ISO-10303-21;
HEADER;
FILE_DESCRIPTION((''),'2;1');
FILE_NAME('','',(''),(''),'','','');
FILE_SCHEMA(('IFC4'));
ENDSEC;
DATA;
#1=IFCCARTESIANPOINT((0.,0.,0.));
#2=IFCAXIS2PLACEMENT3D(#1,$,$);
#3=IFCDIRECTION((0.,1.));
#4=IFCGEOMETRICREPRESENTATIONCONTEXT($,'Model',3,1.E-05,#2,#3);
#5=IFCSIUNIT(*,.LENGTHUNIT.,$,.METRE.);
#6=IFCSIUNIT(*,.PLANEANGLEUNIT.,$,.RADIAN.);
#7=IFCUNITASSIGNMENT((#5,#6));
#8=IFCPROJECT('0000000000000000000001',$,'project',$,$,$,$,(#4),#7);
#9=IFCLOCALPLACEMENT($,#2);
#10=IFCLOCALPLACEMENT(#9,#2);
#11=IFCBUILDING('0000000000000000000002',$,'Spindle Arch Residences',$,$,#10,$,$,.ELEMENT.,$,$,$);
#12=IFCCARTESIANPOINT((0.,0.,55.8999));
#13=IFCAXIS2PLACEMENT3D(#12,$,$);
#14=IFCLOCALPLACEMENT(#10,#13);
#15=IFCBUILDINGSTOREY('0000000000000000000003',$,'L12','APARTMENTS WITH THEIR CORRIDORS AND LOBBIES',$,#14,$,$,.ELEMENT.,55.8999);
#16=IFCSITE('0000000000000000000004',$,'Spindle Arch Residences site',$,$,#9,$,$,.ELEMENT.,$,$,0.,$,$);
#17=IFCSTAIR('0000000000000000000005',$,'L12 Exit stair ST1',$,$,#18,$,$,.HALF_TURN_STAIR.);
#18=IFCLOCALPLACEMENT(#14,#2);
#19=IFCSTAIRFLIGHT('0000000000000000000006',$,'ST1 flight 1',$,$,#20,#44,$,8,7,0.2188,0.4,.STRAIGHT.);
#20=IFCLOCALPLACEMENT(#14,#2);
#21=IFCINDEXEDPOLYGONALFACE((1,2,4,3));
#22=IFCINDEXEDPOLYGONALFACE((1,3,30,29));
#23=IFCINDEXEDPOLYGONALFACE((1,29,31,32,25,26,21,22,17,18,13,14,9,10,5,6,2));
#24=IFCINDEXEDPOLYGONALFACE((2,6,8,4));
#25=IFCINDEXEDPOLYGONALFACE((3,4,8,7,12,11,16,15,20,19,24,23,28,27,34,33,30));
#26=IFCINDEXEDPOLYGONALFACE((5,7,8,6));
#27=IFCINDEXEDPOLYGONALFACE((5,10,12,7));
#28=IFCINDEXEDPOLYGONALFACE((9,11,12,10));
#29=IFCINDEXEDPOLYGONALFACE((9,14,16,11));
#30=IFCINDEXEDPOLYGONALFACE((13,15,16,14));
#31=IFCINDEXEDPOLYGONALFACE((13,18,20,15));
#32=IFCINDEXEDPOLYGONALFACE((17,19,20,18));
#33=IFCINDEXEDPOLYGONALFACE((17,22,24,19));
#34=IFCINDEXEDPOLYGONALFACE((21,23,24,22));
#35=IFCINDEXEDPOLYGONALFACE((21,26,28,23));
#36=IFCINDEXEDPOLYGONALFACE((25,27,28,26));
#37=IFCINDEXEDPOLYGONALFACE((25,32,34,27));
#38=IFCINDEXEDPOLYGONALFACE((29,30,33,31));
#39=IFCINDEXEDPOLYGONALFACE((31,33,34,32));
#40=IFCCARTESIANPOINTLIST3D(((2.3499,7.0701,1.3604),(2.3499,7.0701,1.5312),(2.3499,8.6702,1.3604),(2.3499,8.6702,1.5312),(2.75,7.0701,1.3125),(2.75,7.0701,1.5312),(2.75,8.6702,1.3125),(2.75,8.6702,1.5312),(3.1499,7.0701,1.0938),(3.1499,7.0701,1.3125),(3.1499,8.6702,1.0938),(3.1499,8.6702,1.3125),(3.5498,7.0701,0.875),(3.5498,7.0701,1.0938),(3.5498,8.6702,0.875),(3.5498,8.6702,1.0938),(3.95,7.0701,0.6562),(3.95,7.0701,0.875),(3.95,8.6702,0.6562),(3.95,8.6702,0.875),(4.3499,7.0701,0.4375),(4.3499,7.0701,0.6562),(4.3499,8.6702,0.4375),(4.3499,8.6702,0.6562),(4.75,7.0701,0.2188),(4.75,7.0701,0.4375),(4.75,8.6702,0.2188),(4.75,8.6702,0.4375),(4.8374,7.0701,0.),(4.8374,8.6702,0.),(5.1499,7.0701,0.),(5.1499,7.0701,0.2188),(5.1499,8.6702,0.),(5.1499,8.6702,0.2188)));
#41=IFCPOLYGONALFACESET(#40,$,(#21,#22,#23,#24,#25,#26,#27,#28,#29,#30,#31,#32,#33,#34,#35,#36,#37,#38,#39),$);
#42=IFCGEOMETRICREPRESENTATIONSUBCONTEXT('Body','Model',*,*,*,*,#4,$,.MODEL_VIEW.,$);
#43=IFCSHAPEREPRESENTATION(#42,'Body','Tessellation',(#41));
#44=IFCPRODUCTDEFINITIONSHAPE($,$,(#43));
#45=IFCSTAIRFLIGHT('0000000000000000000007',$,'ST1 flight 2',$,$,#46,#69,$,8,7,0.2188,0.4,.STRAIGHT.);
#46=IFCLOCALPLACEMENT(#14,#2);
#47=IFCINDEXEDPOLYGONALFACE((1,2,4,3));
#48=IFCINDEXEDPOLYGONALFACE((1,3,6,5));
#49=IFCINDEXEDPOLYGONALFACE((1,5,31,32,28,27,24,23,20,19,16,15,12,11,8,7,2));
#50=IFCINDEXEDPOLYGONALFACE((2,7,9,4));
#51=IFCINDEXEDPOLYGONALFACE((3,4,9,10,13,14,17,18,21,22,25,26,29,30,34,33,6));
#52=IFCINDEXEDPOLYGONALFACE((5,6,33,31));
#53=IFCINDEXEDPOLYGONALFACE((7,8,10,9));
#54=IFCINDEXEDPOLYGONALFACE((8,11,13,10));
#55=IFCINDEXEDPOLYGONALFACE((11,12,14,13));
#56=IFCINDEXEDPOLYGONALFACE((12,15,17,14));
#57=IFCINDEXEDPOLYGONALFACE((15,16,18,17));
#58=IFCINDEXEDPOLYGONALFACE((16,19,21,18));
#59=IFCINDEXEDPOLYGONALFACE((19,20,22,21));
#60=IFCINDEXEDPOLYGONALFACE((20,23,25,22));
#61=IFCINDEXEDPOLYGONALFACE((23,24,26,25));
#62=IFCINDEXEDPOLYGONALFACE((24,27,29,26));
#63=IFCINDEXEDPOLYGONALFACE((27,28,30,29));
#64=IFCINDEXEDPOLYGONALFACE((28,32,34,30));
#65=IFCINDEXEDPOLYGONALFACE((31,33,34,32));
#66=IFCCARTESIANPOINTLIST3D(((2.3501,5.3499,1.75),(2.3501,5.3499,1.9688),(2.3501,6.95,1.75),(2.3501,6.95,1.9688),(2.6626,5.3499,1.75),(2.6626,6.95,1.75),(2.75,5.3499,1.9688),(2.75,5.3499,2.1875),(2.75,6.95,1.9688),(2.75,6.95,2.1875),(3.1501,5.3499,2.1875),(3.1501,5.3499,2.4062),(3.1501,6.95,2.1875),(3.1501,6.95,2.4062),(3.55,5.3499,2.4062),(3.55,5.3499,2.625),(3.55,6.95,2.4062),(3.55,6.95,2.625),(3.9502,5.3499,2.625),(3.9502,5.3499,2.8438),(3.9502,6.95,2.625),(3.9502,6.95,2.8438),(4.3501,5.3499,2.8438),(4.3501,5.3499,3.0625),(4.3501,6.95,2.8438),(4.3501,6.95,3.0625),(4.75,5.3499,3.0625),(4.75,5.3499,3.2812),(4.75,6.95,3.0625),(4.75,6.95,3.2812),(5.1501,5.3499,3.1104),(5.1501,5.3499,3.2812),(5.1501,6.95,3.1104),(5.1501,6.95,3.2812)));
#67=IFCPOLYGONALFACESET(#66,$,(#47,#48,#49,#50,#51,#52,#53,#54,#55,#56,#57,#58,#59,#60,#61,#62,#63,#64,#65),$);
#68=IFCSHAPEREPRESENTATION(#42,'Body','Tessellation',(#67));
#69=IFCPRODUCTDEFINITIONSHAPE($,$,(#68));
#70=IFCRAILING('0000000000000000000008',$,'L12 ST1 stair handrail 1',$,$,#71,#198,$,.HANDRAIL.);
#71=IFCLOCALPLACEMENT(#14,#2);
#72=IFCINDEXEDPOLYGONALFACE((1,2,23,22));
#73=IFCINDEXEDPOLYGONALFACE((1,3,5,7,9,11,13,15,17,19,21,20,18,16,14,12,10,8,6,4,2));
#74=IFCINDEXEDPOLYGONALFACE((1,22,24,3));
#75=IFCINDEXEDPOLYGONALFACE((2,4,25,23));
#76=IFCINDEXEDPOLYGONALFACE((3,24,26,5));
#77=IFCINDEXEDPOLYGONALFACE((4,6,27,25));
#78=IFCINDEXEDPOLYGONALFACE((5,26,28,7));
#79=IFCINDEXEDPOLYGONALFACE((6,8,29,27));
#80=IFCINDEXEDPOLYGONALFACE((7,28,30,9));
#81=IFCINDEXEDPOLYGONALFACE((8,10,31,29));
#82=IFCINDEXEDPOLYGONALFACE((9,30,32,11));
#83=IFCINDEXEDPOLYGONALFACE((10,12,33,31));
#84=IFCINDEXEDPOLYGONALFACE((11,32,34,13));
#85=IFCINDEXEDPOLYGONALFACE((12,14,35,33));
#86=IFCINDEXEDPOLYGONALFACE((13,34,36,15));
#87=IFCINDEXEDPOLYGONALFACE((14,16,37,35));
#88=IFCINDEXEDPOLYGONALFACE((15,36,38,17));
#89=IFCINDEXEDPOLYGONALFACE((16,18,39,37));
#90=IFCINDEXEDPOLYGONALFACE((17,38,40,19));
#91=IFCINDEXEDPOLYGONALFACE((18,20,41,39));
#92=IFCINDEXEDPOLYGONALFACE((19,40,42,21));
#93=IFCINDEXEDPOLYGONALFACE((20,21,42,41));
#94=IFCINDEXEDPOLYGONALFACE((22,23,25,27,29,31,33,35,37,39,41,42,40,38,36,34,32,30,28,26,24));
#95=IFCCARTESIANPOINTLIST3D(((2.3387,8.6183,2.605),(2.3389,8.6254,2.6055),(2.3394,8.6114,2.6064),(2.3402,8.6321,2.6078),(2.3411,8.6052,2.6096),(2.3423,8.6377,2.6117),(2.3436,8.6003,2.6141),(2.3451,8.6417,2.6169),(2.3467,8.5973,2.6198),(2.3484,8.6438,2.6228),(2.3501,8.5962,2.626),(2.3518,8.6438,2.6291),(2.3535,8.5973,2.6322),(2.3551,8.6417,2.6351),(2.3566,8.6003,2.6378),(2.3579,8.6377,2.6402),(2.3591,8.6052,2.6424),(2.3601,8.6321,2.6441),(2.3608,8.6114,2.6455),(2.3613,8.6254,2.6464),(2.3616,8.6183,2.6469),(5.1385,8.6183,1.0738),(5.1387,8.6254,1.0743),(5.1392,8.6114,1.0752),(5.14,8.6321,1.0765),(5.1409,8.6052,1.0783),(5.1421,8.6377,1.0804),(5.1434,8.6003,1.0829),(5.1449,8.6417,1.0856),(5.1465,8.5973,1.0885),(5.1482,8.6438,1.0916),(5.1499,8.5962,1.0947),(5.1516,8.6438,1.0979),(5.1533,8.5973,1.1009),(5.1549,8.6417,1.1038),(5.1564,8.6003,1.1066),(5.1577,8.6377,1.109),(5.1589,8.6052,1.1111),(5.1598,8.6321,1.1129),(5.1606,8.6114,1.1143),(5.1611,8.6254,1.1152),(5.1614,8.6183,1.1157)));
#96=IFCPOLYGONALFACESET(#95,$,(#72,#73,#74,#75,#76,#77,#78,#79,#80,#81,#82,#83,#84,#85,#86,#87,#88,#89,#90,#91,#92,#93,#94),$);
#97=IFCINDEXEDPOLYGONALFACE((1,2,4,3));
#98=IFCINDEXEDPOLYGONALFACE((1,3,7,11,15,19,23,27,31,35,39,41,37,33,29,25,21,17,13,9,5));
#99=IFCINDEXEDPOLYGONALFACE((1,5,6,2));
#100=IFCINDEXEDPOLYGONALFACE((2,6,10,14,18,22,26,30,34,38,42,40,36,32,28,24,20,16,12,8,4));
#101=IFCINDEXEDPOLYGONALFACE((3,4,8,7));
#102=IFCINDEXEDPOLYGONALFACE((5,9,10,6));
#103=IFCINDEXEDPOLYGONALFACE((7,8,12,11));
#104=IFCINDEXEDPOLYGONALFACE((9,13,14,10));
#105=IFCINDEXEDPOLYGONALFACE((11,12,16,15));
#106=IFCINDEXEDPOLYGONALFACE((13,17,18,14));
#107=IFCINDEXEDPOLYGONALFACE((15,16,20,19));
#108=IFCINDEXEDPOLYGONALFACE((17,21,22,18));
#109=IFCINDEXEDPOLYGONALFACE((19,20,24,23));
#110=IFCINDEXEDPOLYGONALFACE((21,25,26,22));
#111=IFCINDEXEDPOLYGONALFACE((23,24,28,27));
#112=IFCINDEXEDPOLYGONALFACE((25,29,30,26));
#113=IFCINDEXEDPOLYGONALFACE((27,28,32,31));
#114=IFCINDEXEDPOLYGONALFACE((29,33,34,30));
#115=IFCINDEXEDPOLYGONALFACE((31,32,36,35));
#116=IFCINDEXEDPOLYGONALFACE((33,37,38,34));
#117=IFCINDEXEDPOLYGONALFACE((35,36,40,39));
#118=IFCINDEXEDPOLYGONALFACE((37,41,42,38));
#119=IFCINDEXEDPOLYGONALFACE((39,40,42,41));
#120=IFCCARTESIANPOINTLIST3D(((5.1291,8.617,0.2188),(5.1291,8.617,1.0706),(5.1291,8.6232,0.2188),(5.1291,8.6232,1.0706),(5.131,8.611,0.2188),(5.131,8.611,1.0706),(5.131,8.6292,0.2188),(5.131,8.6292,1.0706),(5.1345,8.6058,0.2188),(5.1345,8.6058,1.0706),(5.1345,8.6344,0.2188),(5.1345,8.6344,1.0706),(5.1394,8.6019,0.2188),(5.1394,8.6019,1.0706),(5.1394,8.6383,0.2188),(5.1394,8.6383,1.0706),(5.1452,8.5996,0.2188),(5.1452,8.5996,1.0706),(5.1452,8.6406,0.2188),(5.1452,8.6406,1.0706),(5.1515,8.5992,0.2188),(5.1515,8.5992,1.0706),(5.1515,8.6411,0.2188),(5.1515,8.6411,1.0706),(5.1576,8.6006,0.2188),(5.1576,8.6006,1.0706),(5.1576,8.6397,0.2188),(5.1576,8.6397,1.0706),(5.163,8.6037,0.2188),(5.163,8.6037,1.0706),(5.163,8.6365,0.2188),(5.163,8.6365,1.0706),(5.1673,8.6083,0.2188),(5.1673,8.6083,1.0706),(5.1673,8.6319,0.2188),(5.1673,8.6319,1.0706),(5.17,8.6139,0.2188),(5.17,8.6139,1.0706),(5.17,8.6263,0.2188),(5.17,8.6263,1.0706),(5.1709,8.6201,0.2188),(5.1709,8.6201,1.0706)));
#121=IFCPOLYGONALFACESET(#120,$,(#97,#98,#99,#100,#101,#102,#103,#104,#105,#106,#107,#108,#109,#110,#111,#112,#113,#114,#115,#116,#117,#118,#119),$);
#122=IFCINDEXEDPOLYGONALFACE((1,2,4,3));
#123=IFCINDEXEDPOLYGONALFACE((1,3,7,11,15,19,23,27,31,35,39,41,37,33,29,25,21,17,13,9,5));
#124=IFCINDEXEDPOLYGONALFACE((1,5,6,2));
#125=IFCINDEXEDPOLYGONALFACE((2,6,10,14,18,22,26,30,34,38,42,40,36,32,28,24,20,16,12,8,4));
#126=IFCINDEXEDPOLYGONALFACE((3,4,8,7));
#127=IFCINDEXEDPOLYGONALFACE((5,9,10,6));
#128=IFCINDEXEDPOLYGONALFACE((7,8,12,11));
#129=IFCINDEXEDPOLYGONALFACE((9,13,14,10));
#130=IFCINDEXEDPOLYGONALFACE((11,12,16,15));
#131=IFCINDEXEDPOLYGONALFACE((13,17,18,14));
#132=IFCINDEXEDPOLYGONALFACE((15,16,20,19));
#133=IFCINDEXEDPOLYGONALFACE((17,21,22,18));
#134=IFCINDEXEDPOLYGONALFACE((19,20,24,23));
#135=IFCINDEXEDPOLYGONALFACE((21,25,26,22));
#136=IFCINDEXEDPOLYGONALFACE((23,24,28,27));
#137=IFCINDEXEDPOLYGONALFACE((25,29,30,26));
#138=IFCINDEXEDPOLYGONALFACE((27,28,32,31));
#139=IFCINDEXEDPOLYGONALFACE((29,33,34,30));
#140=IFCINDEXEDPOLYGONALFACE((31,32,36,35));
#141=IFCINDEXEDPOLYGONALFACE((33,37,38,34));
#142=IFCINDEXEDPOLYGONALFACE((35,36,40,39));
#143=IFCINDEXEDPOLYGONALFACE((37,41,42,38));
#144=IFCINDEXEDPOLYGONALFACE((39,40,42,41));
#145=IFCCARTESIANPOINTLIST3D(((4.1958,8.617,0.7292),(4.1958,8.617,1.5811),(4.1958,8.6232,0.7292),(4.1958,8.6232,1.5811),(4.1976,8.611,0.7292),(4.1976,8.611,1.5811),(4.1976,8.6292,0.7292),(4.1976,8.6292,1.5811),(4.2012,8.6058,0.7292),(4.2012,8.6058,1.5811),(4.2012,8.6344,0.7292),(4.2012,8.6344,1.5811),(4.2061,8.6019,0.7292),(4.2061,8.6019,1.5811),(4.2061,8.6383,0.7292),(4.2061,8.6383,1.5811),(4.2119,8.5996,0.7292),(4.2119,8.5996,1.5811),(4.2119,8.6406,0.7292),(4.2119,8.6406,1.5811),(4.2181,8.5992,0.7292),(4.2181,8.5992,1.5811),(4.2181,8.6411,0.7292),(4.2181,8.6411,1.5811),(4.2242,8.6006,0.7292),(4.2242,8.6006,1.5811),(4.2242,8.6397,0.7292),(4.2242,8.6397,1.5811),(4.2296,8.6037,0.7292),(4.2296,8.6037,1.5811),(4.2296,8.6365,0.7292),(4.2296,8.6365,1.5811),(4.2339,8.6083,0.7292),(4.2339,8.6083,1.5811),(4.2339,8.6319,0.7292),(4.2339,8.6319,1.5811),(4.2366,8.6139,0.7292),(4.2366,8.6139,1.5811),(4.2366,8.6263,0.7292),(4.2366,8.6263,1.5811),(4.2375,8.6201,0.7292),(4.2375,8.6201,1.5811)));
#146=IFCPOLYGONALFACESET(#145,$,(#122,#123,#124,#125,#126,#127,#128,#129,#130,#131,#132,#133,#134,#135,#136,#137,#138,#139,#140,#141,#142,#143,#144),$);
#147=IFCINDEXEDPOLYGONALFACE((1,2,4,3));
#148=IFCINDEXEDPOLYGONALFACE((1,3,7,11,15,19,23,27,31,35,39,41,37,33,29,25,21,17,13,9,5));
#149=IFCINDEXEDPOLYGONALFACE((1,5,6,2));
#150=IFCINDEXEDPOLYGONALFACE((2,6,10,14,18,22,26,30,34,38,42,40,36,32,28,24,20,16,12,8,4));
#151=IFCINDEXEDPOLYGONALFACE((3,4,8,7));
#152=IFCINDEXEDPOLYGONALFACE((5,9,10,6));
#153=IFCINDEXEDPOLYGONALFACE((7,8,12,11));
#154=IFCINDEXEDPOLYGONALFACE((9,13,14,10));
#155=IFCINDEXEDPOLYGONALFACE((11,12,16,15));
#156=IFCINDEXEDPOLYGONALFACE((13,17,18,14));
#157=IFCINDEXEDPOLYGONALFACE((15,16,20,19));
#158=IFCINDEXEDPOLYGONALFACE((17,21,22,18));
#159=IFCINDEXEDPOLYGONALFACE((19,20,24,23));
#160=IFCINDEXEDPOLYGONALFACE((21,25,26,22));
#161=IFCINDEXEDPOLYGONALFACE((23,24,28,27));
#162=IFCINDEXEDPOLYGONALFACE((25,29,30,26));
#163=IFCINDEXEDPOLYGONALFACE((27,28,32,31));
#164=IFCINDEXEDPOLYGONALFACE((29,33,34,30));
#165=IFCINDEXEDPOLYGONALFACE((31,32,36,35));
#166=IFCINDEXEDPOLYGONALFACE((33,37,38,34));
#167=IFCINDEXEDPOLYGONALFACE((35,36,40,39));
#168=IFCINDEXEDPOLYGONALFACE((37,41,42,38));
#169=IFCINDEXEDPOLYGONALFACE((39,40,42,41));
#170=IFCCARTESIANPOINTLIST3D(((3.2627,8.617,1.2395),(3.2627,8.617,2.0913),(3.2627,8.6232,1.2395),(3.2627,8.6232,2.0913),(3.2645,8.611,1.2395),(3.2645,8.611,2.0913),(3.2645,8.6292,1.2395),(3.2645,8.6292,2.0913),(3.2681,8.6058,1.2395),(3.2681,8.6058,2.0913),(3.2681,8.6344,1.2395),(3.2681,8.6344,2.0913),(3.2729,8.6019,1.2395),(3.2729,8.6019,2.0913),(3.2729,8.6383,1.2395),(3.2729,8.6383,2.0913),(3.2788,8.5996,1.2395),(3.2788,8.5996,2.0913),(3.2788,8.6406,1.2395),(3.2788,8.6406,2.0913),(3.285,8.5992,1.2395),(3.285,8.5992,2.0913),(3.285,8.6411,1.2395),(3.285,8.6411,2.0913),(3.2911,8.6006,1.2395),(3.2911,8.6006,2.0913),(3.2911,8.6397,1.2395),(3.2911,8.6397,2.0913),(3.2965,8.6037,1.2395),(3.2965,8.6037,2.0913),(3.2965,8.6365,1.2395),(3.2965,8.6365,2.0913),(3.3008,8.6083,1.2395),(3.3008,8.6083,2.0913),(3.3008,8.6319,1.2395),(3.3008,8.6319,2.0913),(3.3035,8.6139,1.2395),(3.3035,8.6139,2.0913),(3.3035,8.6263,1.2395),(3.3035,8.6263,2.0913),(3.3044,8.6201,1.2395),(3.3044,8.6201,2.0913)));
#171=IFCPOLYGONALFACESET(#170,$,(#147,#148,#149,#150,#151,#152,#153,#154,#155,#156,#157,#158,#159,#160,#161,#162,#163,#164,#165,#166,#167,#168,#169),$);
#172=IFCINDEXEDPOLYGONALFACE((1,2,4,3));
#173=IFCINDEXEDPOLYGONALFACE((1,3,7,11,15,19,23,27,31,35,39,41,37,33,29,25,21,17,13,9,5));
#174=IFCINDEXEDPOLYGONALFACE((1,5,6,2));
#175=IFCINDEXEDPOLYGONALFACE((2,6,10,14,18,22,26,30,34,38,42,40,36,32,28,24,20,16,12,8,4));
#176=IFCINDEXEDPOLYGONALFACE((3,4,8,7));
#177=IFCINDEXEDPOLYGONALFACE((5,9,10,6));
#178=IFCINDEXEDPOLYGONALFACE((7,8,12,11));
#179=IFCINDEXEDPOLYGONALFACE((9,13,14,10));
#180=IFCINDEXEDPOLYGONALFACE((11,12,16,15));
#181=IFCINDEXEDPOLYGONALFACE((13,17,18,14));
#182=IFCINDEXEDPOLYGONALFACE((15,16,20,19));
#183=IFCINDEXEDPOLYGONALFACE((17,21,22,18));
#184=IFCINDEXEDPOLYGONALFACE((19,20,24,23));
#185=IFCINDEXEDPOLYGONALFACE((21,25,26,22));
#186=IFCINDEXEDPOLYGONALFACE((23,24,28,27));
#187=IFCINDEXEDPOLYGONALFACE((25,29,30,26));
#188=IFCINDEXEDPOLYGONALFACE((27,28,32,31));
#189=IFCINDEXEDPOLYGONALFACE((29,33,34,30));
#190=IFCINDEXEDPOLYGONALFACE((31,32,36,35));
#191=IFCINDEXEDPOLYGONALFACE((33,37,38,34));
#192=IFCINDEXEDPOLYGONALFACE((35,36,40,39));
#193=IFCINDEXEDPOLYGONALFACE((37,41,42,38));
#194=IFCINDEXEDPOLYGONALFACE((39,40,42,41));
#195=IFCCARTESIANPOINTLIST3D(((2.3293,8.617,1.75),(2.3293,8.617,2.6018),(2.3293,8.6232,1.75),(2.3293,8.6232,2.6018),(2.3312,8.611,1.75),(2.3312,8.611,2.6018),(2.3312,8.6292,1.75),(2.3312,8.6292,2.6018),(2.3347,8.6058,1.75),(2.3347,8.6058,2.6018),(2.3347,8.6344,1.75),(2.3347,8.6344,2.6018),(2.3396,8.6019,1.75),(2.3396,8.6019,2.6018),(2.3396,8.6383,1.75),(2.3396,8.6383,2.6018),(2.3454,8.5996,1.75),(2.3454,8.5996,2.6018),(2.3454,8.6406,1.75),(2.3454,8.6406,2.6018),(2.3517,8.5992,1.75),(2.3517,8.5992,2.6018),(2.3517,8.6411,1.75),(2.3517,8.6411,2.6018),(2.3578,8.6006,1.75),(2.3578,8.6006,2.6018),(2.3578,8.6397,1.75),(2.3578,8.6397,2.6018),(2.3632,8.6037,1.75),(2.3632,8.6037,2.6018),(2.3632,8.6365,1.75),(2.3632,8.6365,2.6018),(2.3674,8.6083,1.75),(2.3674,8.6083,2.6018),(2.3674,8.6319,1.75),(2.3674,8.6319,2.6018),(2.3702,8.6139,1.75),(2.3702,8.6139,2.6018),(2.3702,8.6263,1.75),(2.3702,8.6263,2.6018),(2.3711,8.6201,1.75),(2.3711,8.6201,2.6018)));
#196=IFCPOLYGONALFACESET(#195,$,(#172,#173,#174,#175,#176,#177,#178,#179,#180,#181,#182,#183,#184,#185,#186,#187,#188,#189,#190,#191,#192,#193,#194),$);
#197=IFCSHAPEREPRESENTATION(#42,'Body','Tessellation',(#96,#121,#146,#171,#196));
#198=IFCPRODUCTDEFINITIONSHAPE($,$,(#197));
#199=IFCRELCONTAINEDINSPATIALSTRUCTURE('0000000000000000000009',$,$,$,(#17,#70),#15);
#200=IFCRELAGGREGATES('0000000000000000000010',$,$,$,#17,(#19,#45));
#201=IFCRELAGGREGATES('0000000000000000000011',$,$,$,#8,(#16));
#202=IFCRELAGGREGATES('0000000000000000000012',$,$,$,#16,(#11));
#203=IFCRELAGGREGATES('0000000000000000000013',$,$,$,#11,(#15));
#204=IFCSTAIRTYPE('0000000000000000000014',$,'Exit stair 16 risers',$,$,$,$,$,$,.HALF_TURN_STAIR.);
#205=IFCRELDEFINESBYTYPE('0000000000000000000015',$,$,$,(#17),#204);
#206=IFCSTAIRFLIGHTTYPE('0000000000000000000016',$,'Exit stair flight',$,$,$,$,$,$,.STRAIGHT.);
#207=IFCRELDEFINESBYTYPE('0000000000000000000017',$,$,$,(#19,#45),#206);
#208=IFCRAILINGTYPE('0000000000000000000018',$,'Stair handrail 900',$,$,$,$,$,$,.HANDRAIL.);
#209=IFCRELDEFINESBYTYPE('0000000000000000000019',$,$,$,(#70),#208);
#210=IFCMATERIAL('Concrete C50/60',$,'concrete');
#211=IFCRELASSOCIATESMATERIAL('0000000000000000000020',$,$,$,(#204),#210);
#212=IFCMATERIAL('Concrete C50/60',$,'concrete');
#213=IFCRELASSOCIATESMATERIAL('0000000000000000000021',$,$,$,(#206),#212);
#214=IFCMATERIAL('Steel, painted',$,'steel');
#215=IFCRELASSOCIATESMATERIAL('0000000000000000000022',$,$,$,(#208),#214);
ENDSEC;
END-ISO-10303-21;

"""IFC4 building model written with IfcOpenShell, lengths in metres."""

from ifc_helpers import new_model, si_unit, direction, frame, origin, origin_2d, place, context, subcontext, project, spatial, polyline, circle, outline, extrude, material, type_object, element, aggregate, save


model = new_model("IFC4")

# Units and contexts
model_context = context("Model", 3, precision=1e-05, world=origin(), true_north=direction((0.0, 1.0)))
body_context = subcontext(model_context, "Body", "Model", "MODEL_VIEW")
ifc_project = project(units=[si_unit("LENGTHUNIT", "METRE"), si_unit("PLANEANGLEUNIT", "RADIAN")], contexts=[model_context])

# Site, building, storey
site_placement = place(None, origin())
site = spatial("IfcSite", under=ifc_project, at=site_placement, Name="Spindle Arch Residences site", CompositionType="ELEMENT", RefElevation=0.0)
building_placement = place(site_placement, origin())
building = spatial("IfcBuilding", under=site, at=building_placement, Name="Spindle Arch Residences", CompositionType="ELEMENT")
storey_placement = place(building_placement, frame((0.0, 0.0, 55.8999)))
storey = spatial("IfcBuildingStorey", under=building, at=storey_placement, Name="L12", Description="APARTMENTS WITH THEIR CORRIDORS AND LOBBIES", CompositionType="ELEMENT", Elevation=55.8999)

# Stair
ifc_material_1 = material(Name="Concrete C50/60", Category="concrete")
stair_type = type_object("IfcStairType", Name="Exit stair 16 risers", PredefinedType="HALF_TURN_STAIR", material=ifc_material_1)
stair_1_placement = place(storey_placement, origin())
stair_1 = element("IfcStair", 1, at=stair_1_placement, inside=storey, type_object=stair_type, Name="L12 Exit stair ST1", PredefinedType="HALF_TURN_STAIR")

# Stair flights
ifc_material_2 = material(Name="Concrete C50/60", Category="concrete")
stair_flight_type = type_object("IfcStairFlightType", Name="Exit stair flight", PredefinedType="STRAIGHT", material=ifc_material_2)
stair_flight_1_placement = place(storey_placement, frame((5.1499, 7.8701, 0.0), z_axis=(0.0, 0.0, 1.0), x_axis=(-1.0, 0.0, 0.0)))
stair_flight_1 = element("IfcStairFlight", 2, at=stair_flight_1_placement, type_object=stair_flight_type, Name="ST1 flight 1", NumberOfRisers=8, NumberOfTreads=7, PredefinedType="STRAIGHT", RiserHeight=0.2188, TreadLength=0.4, context=body_context, shape_type="SweptSolid", body=[
    extrude(outline(polyline([(0.0, 0.0), (0.0, 0.2188), (0.3999, 0.2188), (0.3999, 0.4375), (0.8, 0.4375), (0.8, 0.6562), (1.2, 0.6562), (1.2, 0.875), (1.6001, 0.875), (1.6001, 1.0938), (2.0, 1.0938), (2.0, 1.3125), (2.3999, 1.3125), (2.3999, 1.5312), (2.8, 1.5312), (2.8, 1.75), (2.8, 1.3604), (0.3125, 0.0), (0.0, 0.0)])), frame((0.0, 0.8, 0.0), z_axis=(0.0, -1.0, 0.0), x_axis=(1.0, 0.0, 0.0)), (0.0, 0.0, 1.0), 1.6001),
])
stair_flight_2_placement = place(storey_placement, frame((2.3501, 6.1499, 1.75), z_axis=(0.0, 0.0, 1.0), x_axis=(1.0, 0.0, 0.0)))
stair_flight_2 = element("IfcStairFlight", 3, at=stair_flight_2_placement, type_object=stair_flight_type, Name="ST1 flight 2", NumberOfRisers=8, NumberOfTreads=7, PredefinedType="STRAIGHT", RiserHeight=0.2188, TreadLength=0.4, context=body_context, shape_type="SweptSolid", body=[
    extrude(outline(polyline([(0.0, 0.0), (0.0, 0.2188), (0.3999, 0.2188), (0.3999, 0.4375), (0.8, 0.4375), (0.8, 0.6562), (1.2, 0.6562), (1.2, 0.875), (1.6001, 0.875), (1.6001, 1.0938), (2.0, 1.0938), (2.0, 1.3125), (2.3999, 1.3125), (2.3999, 1.5312), (2.8, 1.5312), (2.8, 1.75), (2.8, 1.3604), (0.3125, 0.0), (0.0, 0.0)])), frame((0.0, 0.8, 0.0), z_axis=(0.0, -1.0, 0.0), x_axis=(1.0, 0.0, 0.0)), (0.0, 0.0, 1.0), 1.6001),
])
aggregate(stair_1, [stair_flight_1, stair_flight_2])

# Railing
ifc_material_3 = material(Name="Steel, painted", Category="steel")
railing_type_1 = type_object("IfcRailingType", Name="Stair handrail 900", PredefinedType="HANDRAIL", material=ifc_material_3)
railing_1_placement = place(storey_placement, frame((5.1499, 8.6201, 0.2188)))
element("IfcRailing", 4, at=railing_1_placement, inside=storey, type_object=railing_type_1, Name="L12 ST1 stair handrail 1", PredefinedType="HANDRAIL", context=body_context, shape_type="SweptSolid", body=[
    extrude(circle(Radius=0.0239, at=origin_2d()), frame((0.0, 0.0, 0.876), z_axis=(-0.877357, 0.0, 0.479838), x_axis=(0.0, -1.0, 0.0)), (0.0, 0.0, 1.0), 3.1912),
    extrude(circle(Radius=0.021, at=origin_2d()), origin(), (0.0, 0.0, 1.0), 0.8518),
    extrude(circle(Radius=0.021, at=origin_2d()), frame((-0.9333, 0.0, 0.5105)), (0.0, 0.0, 1.0), 0.8518),
    extrude(circle(Radius=0.021, at=origin_2d()), frame((-1.8665, 0.0, 1.0208)), (0.0, 0.0, 1.0), 0.8518),
    extrude(circle(Radius=0.021, at=origin_2d()), frame((-2.7998, 0.0, 1.5312)), (0.0, 0.0, 1.0), 0.8518),
])

save(model, "model.ifc")
